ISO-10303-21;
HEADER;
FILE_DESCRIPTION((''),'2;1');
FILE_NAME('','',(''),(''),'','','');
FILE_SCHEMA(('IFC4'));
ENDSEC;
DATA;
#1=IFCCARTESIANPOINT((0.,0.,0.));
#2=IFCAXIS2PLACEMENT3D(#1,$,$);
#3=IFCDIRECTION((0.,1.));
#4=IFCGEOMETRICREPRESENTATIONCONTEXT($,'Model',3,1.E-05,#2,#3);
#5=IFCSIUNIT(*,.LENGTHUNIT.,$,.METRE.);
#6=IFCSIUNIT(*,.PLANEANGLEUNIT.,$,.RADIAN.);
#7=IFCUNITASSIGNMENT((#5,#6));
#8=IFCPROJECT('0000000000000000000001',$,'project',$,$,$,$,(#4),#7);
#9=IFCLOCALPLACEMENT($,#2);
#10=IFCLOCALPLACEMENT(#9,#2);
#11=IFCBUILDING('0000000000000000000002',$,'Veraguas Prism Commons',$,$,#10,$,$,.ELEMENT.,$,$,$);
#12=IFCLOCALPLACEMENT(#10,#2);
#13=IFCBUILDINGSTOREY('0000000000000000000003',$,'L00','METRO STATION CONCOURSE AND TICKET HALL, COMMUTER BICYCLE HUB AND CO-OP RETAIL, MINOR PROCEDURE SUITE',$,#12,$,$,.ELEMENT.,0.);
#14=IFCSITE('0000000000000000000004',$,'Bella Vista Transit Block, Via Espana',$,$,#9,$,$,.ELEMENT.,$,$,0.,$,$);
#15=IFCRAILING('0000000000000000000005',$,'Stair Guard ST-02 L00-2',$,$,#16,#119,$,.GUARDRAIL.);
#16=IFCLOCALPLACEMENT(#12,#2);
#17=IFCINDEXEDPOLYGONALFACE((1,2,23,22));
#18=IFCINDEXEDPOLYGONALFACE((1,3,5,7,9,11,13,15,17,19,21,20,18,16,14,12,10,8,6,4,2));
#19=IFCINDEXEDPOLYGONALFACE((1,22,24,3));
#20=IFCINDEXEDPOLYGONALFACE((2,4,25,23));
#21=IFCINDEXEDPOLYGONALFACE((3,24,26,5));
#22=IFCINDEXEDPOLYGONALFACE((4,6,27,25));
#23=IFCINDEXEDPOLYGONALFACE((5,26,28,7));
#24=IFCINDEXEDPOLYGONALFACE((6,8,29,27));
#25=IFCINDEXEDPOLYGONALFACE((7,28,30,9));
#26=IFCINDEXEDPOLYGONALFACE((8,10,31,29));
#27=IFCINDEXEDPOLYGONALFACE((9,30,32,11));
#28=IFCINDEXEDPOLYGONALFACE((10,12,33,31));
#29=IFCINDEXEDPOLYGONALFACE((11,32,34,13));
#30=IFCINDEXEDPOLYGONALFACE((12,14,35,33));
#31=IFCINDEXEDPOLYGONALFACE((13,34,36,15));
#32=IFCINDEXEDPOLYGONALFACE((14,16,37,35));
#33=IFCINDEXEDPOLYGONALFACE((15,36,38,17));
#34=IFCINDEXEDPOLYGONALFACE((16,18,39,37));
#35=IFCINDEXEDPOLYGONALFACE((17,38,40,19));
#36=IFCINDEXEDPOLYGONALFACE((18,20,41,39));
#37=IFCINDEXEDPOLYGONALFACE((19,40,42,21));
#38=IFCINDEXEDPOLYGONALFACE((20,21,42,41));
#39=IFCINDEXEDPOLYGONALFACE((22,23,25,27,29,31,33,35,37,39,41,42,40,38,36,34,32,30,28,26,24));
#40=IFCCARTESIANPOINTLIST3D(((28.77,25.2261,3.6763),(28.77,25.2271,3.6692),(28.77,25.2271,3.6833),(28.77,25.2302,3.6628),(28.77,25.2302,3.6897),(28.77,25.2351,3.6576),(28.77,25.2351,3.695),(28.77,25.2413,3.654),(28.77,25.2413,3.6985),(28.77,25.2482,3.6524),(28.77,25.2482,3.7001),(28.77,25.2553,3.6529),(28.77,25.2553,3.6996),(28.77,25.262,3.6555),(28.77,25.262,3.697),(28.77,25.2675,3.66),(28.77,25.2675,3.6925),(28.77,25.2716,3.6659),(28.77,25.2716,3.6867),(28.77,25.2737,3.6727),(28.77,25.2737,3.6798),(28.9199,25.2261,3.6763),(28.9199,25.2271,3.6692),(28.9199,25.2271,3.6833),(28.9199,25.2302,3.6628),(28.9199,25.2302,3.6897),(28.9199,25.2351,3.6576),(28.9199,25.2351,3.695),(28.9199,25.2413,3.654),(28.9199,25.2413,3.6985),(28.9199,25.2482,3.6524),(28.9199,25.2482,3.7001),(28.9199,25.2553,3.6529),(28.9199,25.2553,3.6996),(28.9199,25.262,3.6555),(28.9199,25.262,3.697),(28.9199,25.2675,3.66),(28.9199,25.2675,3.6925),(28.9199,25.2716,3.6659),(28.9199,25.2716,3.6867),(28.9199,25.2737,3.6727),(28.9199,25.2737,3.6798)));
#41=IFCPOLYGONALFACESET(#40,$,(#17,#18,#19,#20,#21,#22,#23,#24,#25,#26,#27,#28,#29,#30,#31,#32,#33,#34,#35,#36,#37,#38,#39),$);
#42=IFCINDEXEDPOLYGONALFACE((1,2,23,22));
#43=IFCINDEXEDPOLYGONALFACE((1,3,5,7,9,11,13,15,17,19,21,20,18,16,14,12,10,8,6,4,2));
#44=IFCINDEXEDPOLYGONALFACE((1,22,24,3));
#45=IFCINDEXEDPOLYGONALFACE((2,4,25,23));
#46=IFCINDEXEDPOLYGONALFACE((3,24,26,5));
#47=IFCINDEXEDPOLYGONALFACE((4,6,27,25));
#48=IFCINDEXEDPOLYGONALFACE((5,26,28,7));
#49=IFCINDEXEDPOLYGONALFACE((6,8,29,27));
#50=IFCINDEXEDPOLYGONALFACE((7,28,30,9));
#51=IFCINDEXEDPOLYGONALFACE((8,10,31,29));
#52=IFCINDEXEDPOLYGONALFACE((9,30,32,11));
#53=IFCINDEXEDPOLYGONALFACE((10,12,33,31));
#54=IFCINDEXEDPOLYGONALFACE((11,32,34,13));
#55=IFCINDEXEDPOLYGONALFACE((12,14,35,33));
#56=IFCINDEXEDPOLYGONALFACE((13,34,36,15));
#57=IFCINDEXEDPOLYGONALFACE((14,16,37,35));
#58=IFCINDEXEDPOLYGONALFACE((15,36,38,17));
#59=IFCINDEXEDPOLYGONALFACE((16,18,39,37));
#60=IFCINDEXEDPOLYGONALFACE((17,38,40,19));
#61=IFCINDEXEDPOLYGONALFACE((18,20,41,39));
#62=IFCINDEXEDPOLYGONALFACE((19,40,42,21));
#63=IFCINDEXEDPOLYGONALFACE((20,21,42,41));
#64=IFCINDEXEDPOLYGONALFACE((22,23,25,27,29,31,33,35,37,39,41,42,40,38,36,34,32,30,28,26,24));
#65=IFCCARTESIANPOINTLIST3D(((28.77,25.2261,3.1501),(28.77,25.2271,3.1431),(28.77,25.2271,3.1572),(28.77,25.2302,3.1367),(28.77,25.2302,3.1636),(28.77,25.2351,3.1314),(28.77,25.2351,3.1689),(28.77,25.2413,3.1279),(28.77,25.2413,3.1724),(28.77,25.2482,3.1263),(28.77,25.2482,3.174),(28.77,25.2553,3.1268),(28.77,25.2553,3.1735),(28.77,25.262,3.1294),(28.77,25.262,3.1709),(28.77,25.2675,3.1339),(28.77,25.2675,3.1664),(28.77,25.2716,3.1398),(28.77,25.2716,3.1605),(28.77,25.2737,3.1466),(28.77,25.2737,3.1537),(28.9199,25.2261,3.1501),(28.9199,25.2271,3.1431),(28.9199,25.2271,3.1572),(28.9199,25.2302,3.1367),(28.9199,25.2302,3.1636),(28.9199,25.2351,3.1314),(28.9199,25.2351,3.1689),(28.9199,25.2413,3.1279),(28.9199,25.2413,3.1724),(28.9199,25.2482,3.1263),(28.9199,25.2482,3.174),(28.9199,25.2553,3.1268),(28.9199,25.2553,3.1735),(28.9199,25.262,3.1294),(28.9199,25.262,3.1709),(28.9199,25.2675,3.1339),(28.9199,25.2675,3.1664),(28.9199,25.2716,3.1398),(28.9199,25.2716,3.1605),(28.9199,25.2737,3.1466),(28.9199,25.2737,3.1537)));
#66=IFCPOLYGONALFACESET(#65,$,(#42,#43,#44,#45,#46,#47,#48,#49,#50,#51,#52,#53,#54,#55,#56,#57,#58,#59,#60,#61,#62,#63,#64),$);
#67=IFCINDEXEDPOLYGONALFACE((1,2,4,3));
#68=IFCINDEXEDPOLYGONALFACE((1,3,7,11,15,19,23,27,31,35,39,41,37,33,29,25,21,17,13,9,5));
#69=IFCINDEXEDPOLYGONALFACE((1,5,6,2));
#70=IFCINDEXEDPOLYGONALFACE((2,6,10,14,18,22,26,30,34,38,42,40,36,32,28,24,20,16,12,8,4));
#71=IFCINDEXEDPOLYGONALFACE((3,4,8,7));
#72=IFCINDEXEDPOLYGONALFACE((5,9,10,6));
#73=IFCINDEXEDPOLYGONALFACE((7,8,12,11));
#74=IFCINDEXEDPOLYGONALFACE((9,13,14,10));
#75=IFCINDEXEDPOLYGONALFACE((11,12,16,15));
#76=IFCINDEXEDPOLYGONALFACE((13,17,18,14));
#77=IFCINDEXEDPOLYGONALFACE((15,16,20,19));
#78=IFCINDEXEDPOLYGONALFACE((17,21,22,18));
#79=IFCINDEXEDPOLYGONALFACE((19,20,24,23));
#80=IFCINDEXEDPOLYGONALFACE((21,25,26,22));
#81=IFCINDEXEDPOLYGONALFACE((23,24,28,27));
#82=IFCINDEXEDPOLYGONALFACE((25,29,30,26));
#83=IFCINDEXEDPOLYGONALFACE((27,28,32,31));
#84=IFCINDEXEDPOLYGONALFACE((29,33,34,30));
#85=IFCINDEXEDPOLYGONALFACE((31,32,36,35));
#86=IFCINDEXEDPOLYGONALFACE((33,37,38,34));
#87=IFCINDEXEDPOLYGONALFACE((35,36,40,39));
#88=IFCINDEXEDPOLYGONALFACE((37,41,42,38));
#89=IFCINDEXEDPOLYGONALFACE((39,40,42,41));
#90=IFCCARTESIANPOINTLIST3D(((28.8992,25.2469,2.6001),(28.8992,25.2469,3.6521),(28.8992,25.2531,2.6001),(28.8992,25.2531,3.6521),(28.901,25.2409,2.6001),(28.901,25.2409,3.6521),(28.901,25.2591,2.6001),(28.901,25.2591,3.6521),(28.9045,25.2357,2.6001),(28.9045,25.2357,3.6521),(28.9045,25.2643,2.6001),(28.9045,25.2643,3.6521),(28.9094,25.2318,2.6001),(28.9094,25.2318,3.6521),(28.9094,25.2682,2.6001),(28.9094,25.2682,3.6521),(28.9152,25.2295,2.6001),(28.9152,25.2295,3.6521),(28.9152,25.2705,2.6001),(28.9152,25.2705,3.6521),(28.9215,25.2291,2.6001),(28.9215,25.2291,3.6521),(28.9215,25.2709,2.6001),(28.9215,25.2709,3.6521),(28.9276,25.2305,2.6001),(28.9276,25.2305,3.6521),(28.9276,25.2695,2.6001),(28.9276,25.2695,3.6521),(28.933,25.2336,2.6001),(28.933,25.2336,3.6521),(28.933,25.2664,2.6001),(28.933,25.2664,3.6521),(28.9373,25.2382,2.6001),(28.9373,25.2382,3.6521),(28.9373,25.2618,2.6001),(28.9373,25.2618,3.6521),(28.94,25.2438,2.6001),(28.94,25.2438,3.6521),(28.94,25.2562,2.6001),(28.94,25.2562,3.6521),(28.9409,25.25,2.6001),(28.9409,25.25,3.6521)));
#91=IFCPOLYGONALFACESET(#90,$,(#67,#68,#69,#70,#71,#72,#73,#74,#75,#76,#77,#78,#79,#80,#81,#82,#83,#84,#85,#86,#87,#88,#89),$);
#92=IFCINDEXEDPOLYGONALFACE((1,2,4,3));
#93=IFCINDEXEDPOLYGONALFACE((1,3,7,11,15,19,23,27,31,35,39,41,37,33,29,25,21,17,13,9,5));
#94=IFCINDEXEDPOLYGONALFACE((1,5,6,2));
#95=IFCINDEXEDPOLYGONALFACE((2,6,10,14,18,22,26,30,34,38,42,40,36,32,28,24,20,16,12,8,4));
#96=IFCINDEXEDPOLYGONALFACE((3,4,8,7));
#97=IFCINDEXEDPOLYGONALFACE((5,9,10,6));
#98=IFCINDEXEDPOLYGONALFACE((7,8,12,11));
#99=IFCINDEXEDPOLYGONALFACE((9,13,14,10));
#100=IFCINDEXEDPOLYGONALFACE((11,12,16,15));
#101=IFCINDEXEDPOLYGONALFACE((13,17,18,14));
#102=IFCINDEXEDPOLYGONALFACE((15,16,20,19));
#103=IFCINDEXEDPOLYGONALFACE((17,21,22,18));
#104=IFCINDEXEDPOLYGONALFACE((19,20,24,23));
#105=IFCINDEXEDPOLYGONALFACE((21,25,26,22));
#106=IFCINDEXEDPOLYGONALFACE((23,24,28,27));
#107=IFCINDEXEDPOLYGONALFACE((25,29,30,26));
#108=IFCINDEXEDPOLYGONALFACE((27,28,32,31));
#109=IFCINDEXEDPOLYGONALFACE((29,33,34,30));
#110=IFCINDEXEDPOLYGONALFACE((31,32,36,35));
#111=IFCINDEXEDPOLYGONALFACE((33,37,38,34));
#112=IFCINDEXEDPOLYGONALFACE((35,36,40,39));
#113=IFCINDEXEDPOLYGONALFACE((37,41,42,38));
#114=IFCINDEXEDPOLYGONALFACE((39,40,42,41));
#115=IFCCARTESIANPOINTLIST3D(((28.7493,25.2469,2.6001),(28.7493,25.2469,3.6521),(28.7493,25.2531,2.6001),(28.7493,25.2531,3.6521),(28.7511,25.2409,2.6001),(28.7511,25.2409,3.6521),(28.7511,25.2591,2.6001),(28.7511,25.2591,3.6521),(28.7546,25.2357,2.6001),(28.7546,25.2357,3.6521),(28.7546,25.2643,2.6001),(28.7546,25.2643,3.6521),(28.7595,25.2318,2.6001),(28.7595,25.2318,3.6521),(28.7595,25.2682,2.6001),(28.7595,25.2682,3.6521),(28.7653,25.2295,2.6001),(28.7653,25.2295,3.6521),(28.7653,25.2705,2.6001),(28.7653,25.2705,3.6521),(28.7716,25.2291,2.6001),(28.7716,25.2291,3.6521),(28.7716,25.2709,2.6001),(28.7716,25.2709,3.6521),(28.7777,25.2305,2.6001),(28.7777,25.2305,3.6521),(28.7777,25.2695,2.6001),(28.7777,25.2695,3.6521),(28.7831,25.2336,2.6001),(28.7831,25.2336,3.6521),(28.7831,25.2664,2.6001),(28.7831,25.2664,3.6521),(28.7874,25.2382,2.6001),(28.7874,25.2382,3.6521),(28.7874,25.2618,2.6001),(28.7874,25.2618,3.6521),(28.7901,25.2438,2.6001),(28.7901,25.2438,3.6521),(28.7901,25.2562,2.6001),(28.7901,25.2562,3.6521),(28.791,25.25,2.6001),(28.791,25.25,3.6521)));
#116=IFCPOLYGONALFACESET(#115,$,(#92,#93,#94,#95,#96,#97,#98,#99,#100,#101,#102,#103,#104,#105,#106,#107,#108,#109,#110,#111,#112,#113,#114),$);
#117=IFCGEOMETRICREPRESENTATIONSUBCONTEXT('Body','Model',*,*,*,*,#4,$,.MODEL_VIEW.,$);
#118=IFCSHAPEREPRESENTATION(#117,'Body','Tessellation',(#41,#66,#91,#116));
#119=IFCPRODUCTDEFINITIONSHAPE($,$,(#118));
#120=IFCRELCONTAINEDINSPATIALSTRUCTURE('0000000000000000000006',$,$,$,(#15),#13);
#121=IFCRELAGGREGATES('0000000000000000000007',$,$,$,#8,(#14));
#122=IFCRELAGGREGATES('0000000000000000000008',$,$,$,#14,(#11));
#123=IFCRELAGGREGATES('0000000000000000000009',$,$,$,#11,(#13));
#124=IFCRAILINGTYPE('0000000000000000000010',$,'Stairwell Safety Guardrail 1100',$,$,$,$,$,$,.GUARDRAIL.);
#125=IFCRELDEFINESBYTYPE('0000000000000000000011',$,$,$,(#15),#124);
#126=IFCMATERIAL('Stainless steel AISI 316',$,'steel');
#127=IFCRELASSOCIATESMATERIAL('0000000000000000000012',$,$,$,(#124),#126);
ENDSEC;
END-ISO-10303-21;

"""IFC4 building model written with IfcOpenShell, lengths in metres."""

from ifc_helpers import new_model, si_unit, direction, frame, origin, origin_2d, place, context, subcontext, project, spatial, circle, extrude, material, type_object, element, save


model = new_model("IFC4")

# Units and contexts
model_context = context("Model", 3, precision=1e-05, world=origin(), true_north=direction((0.0, 1.0)))
body_context = subcontext(model_context, "Body", "Model", "MODEL_VIEW")
ifc_project = project(units=[si_unit("LENGTHUNIT", "METRE"), si_unit("PLANEANGLEUNIT", "RADIAN")], contexts=[model_context])

# Site, building, storey
site_placement = place(None, origin())
site = spatial("IfcSite", under=ifc_project, at=site_placement, Name="Bella Vista Transit Block, Via Espana", CompositionType="ELEMENT", RefElevation=0.0)
building_placement = place(site_placement, origin())
building = spatial("IfcBuilding", under=site, at=building_placement, Name="Veraguas Prism Commons", CompositionType="ELEMENT")
storey_placement = place(building_placement, origin())
storey = spatial("IfcBuildingStorey", under=building, at=storey_placement, Name="L00", Description="METRO STATION CONCOURSE AND TICKET HALL, COMMUTER BICYCLE HUB AND CO-OP RETAIL, MINOR PROCEDURE SUITE", CompositionType="ELEMENT", Elevation=0.0)

# Shared definitions
ifc_material_1 = material(Name="Stainless steel AISI 316", Category="steel")

# Railing
railing_type_1 = type_object("IfcRailingType", Name="Stairwell Safety Guardrail 1100", PredefinedType="GUARDRAIL", material=ifc_material_1)
railing_1_placement = place(storey_placement, frame((28.9199, 25.25, 2.6001)))
element("IfcRailing", 1, at=railing_1_placement, inside=storey, type_object=railing_type_1, Name="Stair Guard ST-02 L00-2", PredefinedType="GUARDRAIL", context=body_context, shape_type="SweptSolid", body=[
    extrude(circle(Radius=0.0239, at=origin_2d()), frame((0.0, 0.0, 1.0762), z_axis=(-1.0, 0.0, 0.0), x_axis=(0.0, -1.0, 0.0)), (0.0, 0.0, 1.0), 0.1499),
    extrude(circle(Radius=0.0239, at=origin_2d()), frame((0.0, 0.0, 0.55), z_axis=(-1.0, 0.0, 0.0), x_axis=(0.0, -1.0, 0.0)), (0.0, 0.0, 1.0), 0.1499),
    extrude(circle(Radius=0.021, at=origin_2d()), origin(), (0.0, 0.0, 1.0), 1.052),
    extrude(circle(Radius=0.021, at=origin_2d()), frame((-0.1499, 0.0, 0.0)), (0.0, 0.0, 1.0), 1.052),
])

save(model, "model.ifc")
